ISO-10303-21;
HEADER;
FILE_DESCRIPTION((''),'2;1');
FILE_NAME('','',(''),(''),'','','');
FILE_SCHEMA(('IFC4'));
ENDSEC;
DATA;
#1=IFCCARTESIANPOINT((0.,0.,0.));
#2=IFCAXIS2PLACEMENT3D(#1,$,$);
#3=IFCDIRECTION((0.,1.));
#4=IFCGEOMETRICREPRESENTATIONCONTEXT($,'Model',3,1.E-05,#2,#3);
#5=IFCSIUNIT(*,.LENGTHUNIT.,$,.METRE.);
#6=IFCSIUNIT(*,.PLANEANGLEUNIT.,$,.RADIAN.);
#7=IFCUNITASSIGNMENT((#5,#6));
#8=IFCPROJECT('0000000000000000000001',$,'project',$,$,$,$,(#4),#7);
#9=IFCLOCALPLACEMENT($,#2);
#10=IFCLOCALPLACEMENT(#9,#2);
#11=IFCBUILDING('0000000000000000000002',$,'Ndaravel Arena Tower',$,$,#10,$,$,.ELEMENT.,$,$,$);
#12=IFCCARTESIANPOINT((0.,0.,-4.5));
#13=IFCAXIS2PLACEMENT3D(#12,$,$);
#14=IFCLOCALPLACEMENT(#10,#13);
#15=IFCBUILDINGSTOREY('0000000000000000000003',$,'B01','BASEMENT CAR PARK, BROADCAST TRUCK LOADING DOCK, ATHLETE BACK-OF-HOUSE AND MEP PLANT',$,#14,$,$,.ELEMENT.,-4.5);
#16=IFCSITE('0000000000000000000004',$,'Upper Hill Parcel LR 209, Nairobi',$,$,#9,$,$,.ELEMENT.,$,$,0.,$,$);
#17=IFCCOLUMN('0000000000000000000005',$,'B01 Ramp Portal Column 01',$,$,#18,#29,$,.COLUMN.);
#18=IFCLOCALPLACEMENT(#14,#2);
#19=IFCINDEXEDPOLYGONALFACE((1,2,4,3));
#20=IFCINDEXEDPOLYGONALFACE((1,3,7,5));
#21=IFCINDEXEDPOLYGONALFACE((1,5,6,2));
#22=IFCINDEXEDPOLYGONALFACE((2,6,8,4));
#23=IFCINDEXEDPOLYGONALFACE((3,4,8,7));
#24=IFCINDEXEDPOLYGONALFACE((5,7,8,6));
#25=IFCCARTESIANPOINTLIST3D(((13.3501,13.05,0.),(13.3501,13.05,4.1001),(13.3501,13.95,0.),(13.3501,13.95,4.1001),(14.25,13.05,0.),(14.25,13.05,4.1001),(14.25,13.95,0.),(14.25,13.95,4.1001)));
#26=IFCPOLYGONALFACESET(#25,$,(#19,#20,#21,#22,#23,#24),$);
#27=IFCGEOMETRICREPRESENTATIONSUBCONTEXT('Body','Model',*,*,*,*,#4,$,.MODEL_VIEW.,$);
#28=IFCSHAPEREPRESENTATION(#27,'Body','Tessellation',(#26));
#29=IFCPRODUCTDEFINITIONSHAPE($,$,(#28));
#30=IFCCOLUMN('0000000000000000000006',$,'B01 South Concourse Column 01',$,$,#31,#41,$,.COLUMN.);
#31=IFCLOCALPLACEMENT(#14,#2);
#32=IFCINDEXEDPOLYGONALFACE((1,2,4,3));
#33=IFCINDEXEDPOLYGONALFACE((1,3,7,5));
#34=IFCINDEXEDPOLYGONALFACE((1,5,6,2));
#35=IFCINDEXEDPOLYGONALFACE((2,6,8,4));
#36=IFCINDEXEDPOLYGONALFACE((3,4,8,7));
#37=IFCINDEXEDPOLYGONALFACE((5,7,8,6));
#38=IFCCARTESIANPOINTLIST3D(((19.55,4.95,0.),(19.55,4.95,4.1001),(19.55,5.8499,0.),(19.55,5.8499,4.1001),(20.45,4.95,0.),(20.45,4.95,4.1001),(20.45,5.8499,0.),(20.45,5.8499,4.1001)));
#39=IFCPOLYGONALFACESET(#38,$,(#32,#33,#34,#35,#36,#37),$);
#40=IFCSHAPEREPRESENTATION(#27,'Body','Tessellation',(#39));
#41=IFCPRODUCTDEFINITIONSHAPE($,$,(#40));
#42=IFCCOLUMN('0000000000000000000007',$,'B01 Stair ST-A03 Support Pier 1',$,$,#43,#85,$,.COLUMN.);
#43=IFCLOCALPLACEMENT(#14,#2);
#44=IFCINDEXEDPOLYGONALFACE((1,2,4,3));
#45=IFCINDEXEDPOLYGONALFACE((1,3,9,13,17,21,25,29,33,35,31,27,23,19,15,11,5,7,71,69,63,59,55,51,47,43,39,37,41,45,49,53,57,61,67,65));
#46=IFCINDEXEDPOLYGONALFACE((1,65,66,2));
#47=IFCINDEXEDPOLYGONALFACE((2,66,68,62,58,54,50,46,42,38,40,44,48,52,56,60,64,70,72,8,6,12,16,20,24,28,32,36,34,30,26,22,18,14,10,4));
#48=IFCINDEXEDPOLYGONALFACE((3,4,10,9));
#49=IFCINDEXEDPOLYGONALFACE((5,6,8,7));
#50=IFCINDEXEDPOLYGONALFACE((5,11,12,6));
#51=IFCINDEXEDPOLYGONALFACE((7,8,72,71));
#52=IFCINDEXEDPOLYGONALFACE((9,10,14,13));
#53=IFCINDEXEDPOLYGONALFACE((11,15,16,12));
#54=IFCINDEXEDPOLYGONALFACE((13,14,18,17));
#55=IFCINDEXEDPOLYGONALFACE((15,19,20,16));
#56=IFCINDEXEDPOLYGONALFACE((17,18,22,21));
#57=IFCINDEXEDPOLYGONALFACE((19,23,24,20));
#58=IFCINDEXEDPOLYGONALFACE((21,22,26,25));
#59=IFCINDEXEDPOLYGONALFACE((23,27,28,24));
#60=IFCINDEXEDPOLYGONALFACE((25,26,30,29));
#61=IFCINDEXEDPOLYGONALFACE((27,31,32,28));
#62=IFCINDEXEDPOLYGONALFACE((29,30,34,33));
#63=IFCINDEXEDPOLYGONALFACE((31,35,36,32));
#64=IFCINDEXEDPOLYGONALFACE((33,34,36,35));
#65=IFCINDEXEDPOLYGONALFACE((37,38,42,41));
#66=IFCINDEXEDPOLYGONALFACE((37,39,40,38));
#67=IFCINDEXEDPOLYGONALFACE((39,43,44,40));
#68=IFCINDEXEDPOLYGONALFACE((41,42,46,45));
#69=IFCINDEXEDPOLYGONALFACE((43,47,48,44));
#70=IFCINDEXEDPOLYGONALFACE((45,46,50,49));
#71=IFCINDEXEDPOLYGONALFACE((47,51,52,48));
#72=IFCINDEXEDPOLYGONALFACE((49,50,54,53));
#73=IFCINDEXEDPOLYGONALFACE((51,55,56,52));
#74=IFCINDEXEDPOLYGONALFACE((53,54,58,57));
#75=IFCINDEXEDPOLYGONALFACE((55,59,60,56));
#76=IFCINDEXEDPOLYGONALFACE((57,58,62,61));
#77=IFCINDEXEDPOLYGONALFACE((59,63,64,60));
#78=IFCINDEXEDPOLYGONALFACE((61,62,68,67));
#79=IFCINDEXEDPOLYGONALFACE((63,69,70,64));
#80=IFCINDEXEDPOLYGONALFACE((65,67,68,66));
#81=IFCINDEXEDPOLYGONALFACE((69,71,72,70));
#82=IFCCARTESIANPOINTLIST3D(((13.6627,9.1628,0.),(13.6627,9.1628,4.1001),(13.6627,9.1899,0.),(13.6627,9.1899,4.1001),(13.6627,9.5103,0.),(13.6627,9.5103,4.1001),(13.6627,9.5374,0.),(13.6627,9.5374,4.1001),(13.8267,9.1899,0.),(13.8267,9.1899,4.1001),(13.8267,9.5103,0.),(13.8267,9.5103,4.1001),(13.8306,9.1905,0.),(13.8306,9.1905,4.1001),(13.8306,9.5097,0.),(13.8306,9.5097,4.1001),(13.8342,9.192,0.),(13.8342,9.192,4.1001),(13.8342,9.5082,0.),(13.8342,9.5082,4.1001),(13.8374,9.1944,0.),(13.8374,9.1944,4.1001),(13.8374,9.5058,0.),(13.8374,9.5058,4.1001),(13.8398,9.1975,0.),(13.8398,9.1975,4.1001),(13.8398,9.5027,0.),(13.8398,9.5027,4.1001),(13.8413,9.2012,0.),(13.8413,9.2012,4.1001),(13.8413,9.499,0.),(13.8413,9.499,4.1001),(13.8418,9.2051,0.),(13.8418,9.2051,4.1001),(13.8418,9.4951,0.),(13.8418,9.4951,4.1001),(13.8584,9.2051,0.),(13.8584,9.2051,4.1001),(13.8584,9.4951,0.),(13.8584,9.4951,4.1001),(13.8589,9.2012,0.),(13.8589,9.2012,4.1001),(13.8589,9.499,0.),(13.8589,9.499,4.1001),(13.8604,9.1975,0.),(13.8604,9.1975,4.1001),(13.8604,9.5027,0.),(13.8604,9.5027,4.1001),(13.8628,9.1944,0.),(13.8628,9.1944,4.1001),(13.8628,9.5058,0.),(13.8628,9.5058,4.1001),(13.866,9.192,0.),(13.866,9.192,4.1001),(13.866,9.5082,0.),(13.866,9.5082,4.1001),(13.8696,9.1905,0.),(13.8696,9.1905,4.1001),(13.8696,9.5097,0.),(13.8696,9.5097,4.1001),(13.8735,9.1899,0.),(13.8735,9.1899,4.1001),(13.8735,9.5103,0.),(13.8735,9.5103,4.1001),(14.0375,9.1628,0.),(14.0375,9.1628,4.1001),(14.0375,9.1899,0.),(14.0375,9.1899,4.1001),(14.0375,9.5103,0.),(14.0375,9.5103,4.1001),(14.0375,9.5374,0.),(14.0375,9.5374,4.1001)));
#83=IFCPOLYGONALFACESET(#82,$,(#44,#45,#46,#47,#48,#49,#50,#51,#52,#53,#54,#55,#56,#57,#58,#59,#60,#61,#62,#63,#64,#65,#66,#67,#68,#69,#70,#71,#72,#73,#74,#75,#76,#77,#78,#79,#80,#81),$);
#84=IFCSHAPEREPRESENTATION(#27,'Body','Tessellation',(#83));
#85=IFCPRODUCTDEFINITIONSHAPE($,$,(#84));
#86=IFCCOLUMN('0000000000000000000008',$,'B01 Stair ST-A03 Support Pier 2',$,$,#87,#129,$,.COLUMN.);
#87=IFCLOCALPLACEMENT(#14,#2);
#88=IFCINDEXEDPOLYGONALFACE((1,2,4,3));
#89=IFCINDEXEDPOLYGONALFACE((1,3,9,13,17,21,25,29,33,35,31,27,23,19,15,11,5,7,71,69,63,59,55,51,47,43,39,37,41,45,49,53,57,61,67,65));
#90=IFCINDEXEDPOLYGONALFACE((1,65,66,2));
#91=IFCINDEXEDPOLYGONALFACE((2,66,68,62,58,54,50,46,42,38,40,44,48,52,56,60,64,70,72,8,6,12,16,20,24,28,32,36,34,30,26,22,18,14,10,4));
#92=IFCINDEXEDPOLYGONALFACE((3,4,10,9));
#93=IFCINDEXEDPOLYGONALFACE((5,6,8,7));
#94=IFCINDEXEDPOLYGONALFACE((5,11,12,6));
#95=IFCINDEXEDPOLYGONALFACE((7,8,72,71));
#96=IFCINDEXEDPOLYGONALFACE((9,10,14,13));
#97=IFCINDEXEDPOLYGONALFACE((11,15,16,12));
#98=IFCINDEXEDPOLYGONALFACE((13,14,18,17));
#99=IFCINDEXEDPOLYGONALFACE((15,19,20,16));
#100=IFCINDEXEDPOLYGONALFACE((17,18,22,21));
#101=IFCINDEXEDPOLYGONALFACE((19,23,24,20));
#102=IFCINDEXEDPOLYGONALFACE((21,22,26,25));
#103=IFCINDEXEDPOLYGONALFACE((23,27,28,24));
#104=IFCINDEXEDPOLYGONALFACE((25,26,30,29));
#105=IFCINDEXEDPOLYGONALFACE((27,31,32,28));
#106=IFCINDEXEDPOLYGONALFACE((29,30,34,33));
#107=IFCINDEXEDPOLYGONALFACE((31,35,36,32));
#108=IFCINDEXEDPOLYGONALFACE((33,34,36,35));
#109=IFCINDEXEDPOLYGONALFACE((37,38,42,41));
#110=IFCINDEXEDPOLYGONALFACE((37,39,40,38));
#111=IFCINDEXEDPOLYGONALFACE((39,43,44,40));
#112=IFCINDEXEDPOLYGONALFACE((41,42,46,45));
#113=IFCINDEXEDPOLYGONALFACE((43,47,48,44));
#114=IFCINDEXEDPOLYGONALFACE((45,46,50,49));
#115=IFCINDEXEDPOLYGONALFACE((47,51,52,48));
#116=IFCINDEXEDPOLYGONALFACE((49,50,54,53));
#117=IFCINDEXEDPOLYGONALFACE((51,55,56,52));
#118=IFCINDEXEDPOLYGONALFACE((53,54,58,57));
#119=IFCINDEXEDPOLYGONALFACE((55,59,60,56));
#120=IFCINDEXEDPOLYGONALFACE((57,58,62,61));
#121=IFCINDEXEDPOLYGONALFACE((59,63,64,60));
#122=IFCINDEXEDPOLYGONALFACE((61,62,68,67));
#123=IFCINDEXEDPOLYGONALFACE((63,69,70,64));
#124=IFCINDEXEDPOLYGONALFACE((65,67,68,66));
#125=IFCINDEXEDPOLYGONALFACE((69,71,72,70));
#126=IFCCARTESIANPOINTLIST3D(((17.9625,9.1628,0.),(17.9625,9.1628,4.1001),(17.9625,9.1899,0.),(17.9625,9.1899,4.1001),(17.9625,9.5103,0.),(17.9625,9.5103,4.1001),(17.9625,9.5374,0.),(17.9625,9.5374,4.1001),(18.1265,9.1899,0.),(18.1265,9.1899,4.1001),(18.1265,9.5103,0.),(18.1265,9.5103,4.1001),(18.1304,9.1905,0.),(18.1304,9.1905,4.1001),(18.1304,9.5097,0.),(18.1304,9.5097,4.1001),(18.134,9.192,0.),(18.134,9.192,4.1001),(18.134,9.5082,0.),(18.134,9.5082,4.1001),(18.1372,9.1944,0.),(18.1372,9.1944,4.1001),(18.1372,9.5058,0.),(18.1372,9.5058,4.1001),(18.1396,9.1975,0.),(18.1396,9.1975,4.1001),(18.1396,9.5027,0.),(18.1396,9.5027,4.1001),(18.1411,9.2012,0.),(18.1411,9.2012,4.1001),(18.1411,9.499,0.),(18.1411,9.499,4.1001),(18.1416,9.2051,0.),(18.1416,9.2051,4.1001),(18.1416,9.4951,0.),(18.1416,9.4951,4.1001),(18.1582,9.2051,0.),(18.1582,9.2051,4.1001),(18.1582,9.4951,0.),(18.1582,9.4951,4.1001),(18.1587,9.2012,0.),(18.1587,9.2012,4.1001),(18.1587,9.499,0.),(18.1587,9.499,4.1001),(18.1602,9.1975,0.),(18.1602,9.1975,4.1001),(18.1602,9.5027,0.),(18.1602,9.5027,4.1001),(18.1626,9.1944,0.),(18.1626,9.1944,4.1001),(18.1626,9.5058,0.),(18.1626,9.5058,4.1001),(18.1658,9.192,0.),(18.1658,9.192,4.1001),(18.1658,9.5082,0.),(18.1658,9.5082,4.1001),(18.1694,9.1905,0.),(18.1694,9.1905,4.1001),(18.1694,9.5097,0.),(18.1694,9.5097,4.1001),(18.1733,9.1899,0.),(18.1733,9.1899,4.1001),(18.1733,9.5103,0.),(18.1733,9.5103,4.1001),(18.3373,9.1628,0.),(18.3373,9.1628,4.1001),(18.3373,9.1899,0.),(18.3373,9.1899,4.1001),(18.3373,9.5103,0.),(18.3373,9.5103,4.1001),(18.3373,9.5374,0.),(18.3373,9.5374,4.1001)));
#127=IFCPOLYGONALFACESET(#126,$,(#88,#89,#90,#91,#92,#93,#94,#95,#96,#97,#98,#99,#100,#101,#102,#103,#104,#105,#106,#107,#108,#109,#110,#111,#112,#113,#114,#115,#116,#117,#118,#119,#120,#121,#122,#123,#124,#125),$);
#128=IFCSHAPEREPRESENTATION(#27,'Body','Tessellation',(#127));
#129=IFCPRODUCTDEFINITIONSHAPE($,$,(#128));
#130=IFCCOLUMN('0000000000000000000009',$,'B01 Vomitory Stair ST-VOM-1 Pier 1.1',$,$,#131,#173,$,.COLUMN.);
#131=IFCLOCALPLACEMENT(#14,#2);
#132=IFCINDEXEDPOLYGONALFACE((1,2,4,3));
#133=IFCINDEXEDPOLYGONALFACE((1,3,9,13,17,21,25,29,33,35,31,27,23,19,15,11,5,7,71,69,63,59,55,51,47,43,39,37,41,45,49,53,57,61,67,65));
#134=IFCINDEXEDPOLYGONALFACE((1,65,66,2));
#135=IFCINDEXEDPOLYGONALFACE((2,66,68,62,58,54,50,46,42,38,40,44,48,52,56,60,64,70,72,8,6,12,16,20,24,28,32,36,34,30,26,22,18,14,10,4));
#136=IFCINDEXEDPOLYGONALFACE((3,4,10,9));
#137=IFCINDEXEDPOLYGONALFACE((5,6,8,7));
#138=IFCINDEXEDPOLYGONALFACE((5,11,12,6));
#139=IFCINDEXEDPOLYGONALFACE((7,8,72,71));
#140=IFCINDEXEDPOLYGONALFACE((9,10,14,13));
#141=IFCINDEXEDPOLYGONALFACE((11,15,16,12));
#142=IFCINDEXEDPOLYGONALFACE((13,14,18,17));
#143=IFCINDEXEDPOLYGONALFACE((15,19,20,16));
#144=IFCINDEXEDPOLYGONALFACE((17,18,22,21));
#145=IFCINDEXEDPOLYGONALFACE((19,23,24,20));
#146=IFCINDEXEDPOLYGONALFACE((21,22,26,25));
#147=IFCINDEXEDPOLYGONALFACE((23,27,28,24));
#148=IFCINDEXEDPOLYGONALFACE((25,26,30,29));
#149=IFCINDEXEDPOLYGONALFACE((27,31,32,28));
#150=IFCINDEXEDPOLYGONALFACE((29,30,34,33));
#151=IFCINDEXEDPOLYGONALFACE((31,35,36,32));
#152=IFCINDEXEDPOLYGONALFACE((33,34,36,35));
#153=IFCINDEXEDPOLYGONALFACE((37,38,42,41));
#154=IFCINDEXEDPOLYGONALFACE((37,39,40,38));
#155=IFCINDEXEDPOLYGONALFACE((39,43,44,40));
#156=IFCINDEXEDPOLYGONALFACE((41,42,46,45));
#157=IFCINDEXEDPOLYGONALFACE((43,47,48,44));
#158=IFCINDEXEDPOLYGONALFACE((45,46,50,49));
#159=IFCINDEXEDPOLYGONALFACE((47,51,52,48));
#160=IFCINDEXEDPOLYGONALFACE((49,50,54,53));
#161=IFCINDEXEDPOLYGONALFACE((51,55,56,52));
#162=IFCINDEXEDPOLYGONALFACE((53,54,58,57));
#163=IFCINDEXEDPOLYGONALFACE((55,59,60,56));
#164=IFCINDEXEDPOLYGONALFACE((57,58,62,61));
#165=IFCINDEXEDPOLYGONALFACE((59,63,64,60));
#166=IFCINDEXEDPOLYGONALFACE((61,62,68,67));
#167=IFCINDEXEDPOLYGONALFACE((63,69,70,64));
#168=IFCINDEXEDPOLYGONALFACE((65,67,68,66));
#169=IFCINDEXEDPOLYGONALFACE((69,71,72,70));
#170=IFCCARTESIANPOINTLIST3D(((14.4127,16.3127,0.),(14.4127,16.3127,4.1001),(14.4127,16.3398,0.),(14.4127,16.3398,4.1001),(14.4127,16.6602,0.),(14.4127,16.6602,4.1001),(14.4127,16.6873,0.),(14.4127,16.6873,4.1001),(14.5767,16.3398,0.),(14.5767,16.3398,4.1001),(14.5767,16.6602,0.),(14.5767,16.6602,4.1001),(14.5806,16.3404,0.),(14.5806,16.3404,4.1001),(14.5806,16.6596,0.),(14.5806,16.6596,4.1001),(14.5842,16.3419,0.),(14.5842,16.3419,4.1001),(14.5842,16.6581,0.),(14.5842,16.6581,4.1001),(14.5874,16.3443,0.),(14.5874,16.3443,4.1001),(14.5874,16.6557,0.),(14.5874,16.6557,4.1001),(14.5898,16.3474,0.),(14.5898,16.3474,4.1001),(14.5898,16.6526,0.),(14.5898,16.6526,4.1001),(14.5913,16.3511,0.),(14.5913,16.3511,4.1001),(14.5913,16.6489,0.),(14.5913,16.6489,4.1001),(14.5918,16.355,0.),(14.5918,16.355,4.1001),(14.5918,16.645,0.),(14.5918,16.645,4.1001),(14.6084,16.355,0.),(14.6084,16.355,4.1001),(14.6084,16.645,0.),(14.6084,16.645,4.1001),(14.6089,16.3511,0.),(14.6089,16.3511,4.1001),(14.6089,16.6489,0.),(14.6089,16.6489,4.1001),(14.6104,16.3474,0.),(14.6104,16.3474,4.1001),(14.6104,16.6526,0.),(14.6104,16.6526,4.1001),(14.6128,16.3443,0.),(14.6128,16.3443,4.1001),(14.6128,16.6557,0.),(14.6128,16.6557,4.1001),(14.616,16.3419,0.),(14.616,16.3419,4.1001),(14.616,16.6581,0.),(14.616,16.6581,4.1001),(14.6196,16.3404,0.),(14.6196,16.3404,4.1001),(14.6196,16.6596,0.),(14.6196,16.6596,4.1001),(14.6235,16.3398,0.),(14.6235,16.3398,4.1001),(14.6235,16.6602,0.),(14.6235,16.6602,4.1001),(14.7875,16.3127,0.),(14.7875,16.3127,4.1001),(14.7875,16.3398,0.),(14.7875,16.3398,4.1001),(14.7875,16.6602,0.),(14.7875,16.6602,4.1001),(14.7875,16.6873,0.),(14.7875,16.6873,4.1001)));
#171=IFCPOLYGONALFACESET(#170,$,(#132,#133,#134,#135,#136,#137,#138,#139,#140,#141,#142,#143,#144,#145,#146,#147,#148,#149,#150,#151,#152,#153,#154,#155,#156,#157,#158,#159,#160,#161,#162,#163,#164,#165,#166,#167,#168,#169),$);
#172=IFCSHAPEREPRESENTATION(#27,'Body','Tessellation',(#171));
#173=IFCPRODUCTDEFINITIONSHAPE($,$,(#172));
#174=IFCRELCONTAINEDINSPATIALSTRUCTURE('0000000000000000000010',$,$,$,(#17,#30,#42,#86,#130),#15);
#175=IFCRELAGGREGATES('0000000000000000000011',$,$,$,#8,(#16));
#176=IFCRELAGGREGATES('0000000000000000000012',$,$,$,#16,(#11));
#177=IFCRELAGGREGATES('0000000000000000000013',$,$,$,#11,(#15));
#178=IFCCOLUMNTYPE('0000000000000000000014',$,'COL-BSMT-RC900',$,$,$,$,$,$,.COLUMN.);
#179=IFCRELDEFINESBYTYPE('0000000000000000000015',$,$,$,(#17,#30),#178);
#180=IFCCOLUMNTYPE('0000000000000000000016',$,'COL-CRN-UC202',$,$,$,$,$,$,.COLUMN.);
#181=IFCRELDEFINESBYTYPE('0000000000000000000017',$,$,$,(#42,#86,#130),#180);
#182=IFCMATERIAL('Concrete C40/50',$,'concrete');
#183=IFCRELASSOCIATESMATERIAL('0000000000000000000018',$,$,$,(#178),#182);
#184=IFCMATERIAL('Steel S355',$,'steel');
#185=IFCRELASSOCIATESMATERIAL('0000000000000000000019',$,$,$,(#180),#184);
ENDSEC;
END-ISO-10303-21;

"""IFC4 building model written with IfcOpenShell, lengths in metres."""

from ifc_helpers import new_model, si_unit, direction, frame, origin, origin_2d, place, context, subcontext, project, spatial, rectangle, i_section, extrude, material, material_profile, profile_set, type_object, element, save


model = new_model("IFC4")

# Units and contexts
model_context = context("Model", 3, precision=1e-05, world=origin(), true_north=direction((0.0, 1.0)))
body_context = subcontext(model_context, "Body", "Model", "MODEL_VIEW")
ifc_project = project(units=[si_unit("LENGTHUNIT", "METRE"), si_unit("PLANEANGLEUNIT", "RADIAN")], contexts=[model_context])

# Site, building, storey
site_placement = place(None, origin())
site = spatial("IfcSite", under=ifc_project, at=site_placement, Name="Upper Hill Parcel LR 209, Nairobi", CompositionType="ELEMENT", RefElevation=0.0)
building_placement = place(site_placement, origin())
building = spatial("IfcBuilding", under=site, at=building_placement, Name="Ndaravel Arena Tower", CompositionType="ELEMENT")
storey_placement = place(building_placement, frame((0.0, 0.0, -4.5)))
storey = spatial("IfcBuildingStorey", under=building, at=storey_placement, Name="B01", Description="BASEMENT CAR PARK, BROADCAST TRUCK LOADING DOCK, ATHLETE BACK-OF-HOUSE AND MEP PLANT", CompositionType="ELEMENT", Elevation=-4.5)

# Columns
ifc_material_1 = material(Name="Concrete C40/50", Category="concrete")
ifc_material_profile_1 = material_profile(ifc_material_1, rectangle(XDim=0.8999, YDim=0.8999, at=origin_2d()), Name="RC 900x900")
ifc_profile_set_1 = profile_set([ifc_material_profile_1], Name="Concrete C40/50")
column_type_1 = type_object("IfcColumnType", Name="COL-BSMT-RC900", PredefinedType="COLUMN", material=ifc_profile_set_1)
for number, where, z_axis, x_axis, name in (
    (1, (13.8, 13.5, 0.0), (0.0, 0.0, 1.0), (1.0, 0.0, 0.0), "B01 Ramp Portal Column 01"),
    (2, (20.0, 5.3999, 0.0), (0.0, 0.0, 1.0), (1.0, 0.0, 0.0), "B01 South Concourse Column 01"),
):
    element("IfcColumn", number, at=place(storey_placement, frame(where, z_axis=z_axis, x_axis=x_axis)), inside=storey, type_object=column_type_1, Name=name, PredefinedType="COLUMN", context=body_context, shape_type="SweptSolid", body=[
        extrude(rectangle(XDim=0.8999, YDim=0.8999, at=origin_2d()), origin(), (0.0, 0.0, 1.0), 4.1001),
    ])
ifc_material_2 = material(Name="Steel S355", Category="steel")
ifc_material_profile_2 = material_profile(ifc_material_2, i_section(OverallWidth=0.3748, OverallDepth=0.3745, WebThickness=0.0166, FlangeThickness=0.0271, FilletRadius=0.0151, at=origin_2d()), Name="UC 356x368x202")
ifc_profile_set_2 = profile_set([ifc_material_profile_2], Name="Steel S355")
column_type_2 = type_object("IfcColumnType", Name="COL-CRN-UC202", PredefinedType="COLUMN", material=ifc_profile_set_2)
for number, where, z_axis, x_axis, name in (
    (3, (13.8501, 9.3501, 0.0), (0.0, 0.0, 1.0), (1.0, 0.0, 0.0), "B01 Stair ST-A03 Support Pier 1"),
    (4, (18.1499, 9.3501, 0.0), (0.0, 0.0, 1.0), (1.0, 0.0, 0.0), "B01 Stair ST-A03 Support Pier 2"),
    (5, (14.6001, 16.5, 0.0), (0.0, 0.0, 1.0), (1.0, 0.0, 0.0), "B01 Vomitory Stair ST-VOM-1 Pier 1.1"),
):
    element("IfcColumn", number, at=place(storey_placement, frame(where, z_axis=z_axis, x_axis=x_axis)), inside=storey, type_object=column_type_2, Name=name, PredefinedType="COLUMN", context=body_context, shape_type="SweptSolid", body=[
        extrude(i_section(OverallWidth=0.3748, OverallDepth=0.3745, WebThickness=0.0166, FlangeThickness=0.0271, FilletRadius=0.0151, at=origin_2d()), origin(), (0.0, 0.0, 1.0), 4.1001),
    ])

save(model, "model.ifc")
